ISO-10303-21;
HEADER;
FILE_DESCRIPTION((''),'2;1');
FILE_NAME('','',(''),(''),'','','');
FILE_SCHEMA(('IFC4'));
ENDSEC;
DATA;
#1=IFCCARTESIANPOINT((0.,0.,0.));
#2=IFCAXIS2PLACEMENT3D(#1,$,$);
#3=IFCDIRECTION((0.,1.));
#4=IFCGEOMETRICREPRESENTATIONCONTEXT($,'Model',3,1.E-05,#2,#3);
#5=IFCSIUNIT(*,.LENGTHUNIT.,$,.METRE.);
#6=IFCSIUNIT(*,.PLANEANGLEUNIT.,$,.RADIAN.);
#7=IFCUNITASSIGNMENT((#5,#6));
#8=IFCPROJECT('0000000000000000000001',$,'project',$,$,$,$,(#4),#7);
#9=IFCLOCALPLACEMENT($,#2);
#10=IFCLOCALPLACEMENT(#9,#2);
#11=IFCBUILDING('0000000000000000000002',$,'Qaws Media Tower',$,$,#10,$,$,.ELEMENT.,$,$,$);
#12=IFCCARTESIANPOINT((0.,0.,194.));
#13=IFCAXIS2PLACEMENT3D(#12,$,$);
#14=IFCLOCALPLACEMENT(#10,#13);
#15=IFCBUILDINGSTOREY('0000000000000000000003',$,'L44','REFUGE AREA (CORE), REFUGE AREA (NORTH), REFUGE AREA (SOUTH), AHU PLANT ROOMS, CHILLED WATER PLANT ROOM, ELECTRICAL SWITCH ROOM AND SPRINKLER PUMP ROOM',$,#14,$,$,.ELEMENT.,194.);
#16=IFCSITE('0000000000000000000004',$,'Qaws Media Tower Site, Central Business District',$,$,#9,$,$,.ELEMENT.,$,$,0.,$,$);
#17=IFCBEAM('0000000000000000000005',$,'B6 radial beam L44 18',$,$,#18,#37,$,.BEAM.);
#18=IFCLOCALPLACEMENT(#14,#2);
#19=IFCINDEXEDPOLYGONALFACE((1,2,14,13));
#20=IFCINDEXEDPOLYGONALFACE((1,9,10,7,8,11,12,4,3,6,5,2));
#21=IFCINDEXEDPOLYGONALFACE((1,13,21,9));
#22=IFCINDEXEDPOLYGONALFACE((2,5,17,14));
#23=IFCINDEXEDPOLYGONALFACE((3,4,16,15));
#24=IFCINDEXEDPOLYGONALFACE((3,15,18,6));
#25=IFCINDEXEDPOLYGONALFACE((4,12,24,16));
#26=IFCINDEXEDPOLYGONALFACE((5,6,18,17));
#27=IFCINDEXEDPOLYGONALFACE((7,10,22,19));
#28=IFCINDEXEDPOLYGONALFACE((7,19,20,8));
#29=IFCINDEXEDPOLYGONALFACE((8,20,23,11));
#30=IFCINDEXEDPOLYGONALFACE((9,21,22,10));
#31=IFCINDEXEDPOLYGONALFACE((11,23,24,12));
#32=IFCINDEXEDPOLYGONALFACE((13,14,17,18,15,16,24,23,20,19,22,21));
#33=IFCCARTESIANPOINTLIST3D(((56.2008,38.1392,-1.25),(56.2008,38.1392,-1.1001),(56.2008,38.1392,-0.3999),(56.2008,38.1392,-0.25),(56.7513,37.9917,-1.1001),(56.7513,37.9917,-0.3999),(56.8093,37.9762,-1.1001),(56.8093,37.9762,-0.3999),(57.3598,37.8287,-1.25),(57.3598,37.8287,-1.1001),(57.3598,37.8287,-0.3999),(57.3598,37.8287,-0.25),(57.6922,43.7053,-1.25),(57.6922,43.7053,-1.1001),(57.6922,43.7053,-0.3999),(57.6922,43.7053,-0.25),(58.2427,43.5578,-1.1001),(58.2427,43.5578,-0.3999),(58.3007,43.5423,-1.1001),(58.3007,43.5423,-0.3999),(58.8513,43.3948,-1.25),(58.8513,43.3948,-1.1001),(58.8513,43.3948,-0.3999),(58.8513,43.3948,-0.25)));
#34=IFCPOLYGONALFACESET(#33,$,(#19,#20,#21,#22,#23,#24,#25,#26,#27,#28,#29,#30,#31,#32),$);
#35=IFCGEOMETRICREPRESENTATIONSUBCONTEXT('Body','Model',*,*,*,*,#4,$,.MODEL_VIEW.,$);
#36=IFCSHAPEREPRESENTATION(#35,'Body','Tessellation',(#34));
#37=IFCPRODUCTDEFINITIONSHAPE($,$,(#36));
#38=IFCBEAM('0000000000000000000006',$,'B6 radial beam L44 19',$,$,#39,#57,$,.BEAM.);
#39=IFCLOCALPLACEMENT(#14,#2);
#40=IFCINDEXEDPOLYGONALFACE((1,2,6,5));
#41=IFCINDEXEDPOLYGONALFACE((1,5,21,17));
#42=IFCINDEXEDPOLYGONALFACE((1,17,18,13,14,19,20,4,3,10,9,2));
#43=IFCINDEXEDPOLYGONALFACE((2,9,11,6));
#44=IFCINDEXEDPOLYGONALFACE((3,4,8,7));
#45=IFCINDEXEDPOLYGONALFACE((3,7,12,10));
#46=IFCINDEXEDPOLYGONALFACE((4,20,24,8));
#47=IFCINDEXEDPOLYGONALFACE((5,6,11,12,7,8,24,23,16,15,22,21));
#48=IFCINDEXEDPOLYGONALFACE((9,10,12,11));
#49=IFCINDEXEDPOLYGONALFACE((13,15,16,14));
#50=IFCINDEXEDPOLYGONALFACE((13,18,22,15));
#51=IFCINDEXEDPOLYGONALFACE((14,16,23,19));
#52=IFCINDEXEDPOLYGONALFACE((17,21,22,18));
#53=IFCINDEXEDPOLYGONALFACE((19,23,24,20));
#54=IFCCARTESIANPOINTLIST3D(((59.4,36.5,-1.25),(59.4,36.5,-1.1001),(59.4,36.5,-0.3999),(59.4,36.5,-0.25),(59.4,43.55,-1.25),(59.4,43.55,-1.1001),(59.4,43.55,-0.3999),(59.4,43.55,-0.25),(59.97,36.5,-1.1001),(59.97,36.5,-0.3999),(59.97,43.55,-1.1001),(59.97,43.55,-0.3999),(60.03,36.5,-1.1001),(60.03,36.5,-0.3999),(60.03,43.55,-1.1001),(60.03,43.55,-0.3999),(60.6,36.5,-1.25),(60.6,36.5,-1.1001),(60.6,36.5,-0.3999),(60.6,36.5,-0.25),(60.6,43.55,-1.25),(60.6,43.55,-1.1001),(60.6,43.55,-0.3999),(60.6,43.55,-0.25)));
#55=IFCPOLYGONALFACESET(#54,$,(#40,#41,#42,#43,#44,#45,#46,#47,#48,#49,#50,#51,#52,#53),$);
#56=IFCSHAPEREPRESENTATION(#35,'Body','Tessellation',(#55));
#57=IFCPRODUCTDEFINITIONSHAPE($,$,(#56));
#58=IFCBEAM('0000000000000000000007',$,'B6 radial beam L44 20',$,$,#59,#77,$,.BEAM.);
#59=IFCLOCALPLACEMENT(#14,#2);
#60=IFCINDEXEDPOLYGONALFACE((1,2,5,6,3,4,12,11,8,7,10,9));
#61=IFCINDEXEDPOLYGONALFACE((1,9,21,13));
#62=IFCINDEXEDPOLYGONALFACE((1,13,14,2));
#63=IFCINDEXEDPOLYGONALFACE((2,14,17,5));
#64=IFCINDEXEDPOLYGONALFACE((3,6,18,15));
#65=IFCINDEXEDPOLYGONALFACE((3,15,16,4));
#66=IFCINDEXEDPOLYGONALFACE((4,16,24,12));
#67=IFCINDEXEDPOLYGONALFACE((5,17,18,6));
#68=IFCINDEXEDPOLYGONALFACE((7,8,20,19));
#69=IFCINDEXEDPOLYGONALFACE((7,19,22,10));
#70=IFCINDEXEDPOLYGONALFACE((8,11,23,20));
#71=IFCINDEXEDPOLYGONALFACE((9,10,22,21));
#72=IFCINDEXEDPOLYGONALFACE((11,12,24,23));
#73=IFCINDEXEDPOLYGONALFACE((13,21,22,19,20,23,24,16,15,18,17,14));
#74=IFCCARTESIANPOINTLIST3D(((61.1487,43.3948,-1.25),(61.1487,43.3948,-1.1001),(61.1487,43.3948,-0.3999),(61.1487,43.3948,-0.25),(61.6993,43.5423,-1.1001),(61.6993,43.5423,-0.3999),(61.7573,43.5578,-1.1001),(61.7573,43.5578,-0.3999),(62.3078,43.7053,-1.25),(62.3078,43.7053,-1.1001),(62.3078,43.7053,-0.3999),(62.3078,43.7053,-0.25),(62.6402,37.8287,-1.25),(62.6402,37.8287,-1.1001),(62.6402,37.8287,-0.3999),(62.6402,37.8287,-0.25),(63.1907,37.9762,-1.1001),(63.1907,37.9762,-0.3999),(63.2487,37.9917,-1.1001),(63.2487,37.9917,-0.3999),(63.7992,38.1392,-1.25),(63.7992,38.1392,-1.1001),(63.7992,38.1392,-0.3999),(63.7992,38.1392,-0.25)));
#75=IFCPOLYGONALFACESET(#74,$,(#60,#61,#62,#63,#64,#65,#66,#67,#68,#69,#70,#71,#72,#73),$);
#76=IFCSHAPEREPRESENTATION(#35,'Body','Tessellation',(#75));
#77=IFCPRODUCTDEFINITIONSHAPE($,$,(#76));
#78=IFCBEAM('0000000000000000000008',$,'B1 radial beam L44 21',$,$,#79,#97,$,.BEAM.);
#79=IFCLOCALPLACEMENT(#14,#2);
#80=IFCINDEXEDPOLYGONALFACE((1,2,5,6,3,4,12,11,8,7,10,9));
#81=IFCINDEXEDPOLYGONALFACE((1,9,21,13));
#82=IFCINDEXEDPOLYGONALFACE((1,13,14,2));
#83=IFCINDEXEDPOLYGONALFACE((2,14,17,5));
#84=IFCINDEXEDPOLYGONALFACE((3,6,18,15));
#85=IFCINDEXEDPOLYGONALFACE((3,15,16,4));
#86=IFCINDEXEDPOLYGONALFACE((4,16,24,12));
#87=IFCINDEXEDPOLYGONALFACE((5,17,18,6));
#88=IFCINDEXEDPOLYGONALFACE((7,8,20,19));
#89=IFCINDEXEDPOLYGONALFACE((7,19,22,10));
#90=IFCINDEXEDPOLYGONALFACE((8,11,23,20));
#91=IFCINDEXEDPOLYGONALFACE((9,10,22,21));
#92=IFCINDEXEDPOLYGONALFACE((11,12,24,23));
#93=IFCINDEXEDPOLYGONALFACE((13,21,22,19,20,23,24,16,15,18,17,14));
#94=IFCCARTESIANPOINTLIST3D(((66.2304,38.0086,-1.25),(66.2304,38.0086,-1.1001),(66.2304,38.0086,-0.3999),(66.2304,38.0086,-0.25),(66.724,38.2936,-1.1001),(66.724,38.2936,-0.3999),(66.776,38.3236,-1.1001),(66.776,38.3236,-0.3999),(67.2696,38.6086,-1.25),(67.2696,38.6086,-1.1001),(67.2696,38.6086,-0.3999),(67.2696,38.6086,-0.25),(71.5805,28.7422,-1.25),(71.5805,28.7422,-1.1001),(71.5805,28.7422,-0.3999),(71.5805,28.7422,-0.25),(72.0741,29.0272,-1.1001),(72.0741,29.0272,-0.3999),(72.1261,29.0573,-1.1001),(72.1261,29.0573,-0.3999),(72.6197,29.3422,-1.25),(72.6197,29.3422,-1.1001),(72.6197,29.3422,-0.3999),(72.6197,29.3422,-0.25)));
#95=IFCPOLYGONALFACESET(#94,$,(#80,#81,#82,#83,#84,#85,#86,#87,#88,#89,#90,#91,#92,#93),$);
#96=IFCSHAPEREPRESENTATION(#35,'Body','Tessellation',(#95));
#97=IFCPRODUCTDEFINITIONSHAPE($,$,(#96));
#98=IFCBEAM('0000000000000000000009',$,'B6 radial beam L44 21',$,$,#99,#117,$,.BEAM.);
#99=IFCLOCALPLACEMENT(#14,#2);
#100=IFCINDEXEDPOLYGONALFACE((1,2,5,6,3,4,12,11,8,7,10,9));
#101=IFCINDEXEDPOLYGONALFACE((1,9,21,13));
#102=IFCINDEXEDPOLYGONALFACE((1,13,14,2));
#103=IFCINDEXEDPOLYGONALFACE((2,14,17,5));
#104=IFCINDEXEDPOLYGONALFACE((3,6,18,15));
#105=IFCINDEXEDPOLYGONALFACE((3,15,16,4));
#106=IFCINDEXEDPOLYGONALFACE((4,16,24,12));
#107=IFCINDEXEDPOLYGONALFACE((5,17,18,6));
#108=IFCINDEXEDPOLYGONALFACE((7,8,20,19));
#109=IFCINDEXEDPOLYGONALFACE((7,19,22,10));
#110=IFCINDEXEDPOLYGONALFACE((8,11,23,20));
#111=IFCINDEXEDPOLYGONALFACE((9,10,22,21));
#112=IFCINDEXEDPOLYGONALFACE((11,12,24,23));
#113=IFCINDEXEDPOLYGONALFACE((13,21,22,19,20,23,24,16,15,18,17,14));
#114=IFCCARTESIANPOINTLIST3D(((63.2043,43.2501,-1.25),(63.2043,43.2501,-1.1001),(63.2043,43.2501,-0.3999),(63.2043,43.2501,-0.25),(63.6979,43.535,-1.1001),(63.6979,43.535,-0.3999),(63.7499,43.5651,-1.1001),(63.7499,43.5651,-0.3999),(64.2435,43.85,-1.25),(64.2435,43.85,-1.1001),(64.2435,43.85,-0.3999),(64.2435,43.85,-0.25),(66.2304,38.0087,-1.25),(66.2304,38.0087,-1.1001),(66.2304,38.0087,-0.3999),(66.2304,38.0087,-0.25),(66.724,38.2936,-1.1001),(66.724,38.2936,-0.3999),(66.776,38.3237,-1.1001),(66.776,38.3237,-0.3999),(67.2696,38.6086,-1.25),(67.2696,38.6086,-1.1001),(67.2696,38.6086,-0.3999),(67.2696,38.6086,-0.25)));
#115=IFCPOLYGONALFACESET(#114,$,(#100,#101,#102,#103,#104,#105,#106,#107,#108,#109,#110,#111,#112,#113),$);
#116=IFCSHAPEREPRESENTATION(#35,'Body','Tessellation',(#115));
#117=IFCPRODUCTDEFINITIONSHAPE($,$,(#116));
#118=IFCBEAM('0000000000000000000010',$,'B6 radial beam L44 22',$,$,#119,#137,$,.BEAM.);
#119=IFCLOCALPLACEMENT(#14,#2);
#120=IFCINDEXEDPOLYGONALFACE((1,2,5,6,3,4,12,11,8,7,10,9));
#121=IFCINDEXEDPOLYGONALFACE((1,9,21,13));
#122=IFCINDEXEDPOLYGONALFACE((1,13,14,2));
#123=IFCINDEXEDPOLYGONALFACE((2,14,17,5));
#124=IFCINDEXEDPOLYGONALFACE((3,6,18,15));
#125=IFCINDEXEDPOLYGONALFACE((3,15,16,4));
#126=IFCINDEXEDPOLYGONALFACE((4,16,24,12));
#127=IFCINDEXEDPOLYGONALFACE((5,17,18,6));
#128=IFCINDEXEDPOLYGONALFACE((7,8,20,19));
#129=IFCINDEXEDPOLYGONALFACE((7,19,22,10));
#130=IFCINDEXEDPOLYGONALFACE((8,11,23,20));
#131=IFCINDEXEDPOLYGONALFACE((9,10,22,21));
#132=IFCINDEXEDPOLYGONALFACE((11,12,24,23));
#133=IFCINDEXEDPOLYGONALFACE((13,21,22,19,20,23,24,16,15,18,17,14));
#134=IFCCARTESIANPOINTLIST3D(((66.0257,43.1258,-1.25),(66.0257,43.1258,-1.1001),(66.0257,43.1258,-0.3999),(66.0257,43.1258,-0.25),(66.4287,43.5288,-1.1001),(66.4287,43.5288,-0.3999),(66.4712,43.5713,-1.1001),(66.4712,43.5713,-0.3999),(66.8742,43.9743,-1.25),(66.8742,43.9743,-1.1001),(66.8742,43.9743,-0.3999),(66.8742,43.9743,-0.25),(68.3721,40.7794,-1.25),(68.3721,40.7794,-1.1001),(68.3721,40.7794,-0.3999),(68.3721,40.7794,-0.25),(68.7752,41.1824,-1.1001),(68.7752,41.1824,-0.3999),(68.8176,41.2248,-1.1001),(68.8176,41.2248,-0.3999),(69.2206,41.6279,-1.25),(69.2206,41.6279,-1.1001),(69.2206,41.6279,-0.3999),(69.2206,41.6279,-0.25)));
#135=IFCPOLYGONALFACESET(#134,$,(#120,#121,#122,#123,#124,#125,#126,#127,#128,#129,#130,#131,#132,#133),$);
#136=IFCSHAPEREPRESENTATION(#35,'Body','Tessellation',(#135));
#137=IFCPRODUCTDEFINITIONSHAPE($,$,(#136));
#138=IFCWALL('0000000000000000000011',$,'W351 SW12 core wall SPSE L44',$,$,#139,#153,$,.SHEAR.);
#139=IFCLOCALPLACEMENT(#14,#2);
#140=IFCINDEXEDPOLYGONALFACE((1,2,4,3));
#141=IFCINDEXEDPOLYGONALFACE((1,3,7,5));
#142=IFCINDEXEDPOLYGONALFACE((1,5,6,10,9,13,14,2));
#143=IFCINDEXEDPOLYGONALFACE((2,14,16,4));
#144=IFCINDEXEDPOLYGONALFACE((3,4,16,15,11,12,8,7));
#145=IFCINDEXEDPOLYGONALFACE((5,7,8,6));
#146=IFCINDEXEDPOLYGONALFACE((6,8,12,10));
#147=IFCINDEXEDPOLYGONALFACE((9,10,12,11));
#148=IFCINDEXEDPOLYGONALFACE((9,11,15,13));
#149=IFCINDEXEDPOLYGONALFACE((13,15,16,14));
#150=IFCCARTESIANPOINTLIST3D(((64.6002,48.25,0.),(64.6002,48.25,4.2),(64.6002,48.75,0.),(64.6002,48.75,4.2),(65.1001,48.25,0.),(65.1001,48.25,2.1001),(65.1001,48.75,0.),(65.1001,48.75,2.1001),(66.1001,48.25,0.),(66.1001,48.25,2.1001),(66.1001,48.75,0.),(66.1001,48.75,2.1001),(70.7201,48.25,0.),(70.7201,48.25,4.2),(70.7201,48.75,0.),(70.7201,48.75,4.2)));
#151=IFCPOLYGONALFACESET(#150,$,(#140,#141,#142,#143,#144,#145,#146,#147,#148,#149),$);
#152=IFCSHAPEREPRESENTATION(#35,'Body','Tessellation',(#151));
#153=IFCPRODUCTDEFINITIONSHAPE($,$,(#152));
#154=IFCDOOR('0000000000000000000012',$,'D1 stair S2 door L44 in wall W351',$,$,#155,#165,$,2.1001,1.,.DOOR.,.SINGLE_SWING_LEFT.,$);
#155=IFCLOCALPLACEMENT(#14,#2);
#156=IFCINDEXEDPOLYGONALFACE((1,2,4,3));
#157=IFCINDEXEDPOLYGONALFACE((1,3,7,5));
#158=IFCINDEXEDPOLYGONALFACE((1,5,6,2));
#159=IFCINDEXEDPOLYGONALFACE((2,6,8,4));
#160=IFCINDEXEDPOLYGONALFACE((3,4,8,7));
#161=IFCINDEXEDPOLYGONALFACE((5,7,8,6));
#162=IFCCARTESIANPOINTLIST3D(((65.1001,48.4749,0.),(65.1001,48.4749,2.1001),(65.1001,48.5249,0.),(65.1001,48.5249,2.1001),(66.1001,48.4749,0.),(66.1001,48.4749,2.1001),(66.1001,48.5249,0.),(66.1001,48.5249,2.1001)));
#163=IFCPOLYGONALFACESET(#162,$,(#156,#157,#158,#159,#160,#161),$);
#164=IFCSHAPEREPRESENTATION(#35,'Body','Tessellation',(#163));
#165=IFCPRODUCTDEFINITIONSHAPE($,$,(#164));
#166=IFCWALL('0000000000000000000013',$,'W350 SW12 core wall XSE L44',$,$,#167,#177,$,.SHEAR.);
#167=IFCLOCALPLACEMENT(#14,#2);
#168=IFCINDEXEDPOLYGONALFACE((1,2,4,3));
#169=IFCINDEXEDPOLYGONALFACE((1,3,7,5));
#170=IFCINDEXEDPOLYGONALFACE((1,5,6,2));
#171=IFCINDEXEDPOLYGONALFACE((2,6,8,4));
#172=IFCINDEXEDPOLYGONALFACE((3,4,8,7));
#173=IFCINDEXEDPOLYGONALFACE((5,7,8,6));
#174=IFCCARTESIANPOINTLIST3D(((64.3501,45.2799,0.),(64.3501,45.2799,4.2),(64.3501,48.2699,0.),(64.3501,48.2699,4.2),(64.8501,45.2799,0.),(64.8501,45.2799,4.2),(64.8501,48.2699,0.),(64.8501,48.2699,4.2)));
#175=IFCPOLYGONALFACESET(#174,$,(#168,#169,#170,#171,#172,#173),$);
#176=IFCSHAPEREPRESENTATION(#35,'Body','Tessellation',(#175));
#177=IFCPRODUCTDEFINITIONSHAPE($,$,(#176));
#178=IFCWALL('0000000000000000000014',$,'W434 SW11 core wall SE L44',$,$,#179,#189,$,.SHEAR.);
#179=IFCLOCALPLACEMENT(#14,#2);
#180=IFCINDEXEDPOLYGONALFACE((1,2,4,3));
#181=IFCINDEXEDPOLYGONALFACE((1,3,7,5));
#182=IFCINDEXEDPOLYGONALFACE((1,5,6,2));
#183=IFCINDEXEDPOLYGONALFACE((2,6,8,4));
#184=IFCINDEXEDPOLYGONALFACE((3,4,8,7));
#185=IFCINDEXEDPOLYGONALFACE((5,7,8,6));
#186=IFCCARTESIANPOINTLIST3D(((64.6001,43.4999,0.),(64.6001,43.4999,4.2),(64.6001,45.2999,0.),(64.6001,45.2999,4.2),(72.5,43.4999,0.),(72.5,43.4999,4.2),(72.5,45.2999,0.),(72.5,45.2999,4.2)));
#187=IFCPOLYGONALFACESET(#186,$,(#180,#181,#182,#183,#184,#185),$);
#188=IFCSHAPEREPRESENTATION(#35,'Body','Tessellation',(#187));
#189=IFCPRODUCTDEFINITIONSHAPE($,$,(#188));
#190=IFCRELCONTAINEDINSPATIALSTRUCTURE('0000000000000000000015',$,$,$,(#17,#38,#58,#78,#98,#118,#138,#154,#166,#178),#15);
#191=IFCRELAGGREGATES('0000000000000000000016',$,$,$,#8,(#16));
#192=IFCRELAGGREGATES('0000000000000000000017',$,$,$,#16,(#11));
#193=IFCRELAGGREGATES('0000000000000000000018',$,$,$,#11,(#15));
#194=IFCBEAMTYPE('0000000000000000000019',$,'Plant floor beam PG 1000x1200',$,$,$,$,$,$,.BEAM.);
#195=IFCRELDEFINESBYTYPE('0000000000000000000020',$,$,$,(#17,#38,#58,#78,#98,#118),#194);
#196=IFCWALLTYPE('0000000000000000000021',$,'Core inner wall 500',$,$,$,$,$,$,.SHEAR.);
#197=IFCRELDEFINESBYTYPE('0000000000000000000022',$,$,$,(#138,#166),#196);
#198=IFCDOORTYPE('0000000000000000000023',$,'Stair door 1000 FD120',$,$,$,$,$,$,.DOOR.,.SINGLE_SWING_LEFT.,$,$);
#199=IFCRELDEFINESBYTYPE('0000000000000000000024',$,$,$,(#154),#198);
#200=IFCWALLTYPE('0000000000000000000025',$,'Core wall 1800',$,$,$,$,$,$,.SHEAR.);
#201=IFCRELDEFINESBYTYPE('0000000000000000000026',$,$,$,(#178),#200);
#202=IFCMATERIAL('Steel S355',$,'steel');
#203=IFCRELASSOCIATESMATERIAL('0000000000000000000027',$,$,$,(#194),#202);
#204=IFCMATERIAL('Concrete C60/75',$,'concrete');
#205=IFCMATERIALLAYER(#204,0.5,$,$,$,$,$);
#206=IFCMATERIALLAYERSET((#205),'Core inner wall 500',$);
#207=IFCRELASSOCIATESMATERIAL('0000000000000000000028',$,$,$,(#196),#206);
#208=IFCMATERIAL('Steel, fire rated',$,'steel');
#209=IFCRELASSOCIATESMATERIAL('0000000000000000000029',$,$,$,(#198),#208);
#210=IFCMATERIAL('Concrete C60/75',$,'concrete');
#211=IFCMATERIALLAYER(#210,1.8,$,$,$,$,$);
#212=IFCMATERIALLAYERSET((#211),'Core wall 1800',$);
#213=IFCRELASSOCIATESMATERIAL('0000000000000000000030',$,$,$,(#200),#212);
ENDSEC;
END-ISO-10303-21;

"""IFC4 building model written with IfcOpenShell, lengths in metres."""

from ifc_helpers import new_model, si_unit, direction, frame, frame_2d, origin, origin_2d, place, context, subcontext, project, spatial, rectangle, i_section, extrude, material, layer, layer_set, material_profile, profile_set, type_object, element, fill, save


model = new_model("IFC4")

# Units and contexts
model_context = context("Model", 3, precision=1e-05, world=origin(), true_north=direction((0.0, 1.0)))
body_context = subcontext(model_context, "Body", "Model", "MODEL_VIEW")
ifc_project = project(units=[si_unit("LENGTHUNIT", "METRE"), si_unit("PLANEANGLEUNIT", "RADIAN")], contexts=[model_context])

# Site, building, storey
site_placement = place(None, origin())
site = spatial("IfcSite", under=ifc_project, at=site_placement, Name="Qaws Media Tower Site, Central Business District", CompositionType="ELEMENT", RefElevation=0.0)
building_placement = place(site_placement, origin())
building = spatial("IfcBuilding", under=site, at=building_placement, Name="Qaws Media Tower", CompositionType="ELEMENT")
storey_placement = place(building_placement, frame((0.0, 0.0, 194.0)))
storey = spatial("IfcBuildingStorey", under=building, at=storey_placement, Name="L44", Description="REFUGE AREA (CORE), REFUGE AREA (NORTH), REFUGE AREA (SOUTH), AHU PLANT ROOMS, CHILLED WATER PLANT ROOM, ELECTRICAL SWITCH ROOM AND SPRINKLER PUMP ROOM", CompositionType="ELEMENT", Elevation=194.0)

# Beams
ifc_material_1 = material(Name="Steel S355", Category="steel")
ifc_material_profile_1 = material_profile(ifc_material_1, i_section(OverallWidth=1.2, OverallDepth=1.0, WebThickness=0.0601, FlangeThickness=0.1499, at=origin_2d()), Name="PG 1000x1200")
ifc_profile_set_1 = profile_set([ifc_material_profile_1], Name="Steel S355")
beam_type_1 = type_object("IfcBeamType", Name="Plant floor beam PG 1000x1200", PredefinedType="BEAM", material=ifc_profile_set_1)
beam_1_placement = place(storey_placement, frame((58.2717, 43.55, -0.75), z_axis=(-0.25882, -0.965926, 0.0), x_axis=(0.965926, -0.25882, 0.0)))
element("IfcBeam", 1, at=beam_1_placement, inside=storey, type_object=beam_type_1, Name="B6 radial beam L44 18", PredefinedType="BEAM", context=body_context, shape_type="SweptSolid", body=[
    extrude(i_section(OverallWidth=1.2, OverallDepth=1.0, WebThickness=0.0601, FlangeThickness=0.1499, at=origin_2d()), origin(), (0.0, 0.0, 1.0), 5.7625),
])
beam_2_placement = place(storey_placement, frame((60.0, 43.55, -0.75), z_axis=(0.0, -1.0, 0.0), x_axis=(1.0, 0.0, 0.0)))
element("IfcBeam", 2, at=beam_2_placement, inside=storey, type_object=beam_type_1, Name="B6 radial beam L44 19", PredefinedType="BEAM", context=body_context, shape_type="SweptSolid", body=[
    extrude(i_section(OverallWidth=1.2, OverallDepth=1.0, WebThickness=0.0601, FlangeThickness=0.1499, at=origin_2d()), origin(), (0.0, 0.0, 1.0), 7.05),
])
beam_3_placement = place(storey_placement, frame((61.7283, 43.55, -0.75), z_axis=(0.25882, -0.965926, 0.0), x_axis=(0.965926, 0.25882, 0.0)))
element("IfcBeam", 3, at=beam_3_placement, inside=storey, type_object=beam_type_1, Name="B6 radial beam L44 20", PredefinedType="BEAM", context=body_context, shape_type="SweptSolid", body=[
    extrude(i_section(OverallWidth=1.2, OverallDepth=1.0, WebThickness=0.0601, FlangeThickness=0.1499, at=origin_2d()), origin(), (0.0, 0.0, 1.0), 5.7625),
])
beam_4_placement = place(storey_placement, frame((66.75, 38.3086, -0.75), z_axis=(0.500011, -0.866019, 0.0), x_axis=(0.866019, 0.500011, 0.0)))
element("IfcBeam", 4, at=beam_4_placement, inside=storey, type_object=beam_type_1, Name="B1 radial beam L44 21", PredefinedType="BEAM", context=body_context, shape_type="SweptSolid", body=[
    extrude(i_section(OverallWidth=1.2, OverallDepth=1.0, WebThickness=0.0601, FlangeThickness=0.1499, at=origin_2d()), origin(), (0.0, 0.0, 1.0), 10.7),
])
beam_5_placement = place(storey_placement, frame((63.7239, 43.55, -0.75), z_axis=(0.499996, -0.866028, 0.0), x_axis=(0.866028, 0.499996, 0.0)))
element("IfcBeam", 5, at=beam_5_placement, inside=storey, type_object=beam_type_1, Name="B6 radial beam L44 21", PredefinedType="BEAM", context=body_context, shape_type="SweptSolid", body=[
    extrude(i_section(OverallWidth=1.2, OverallDepth=1.0, WebThickness=0.0601, FlangeThickness=0.1499, at=origin_2d()), origin(), (0.0, 0.0, 1.0), 6.0522),
])
beam_6_placement = place(storey_placement, frame((66.45, 43.55, -0.75), z_axis=(0.707107, -0.707107, 0.0), x_axis=(0.707107, 0.707107, 0.0)))
element("IfcBeam", 6, at=beam_6_placement, inside=storey, type_object=beam_type_1, Name="B6 radial beam L44 22", PredefinedType="BEAM", context=body_context, shape_type="SweptSolid", body=[
    extrude(i_section(OverallWidth=1.2, OverallDepth=1.0, WebThickness=0.0601, FlangeThickness=0.1499, at=origin_2d()), origin(), (0.0, 0.0, 1.0), 3.3184),
])

# Wall, opening, door
ifc_material_2 = material(Name="Concrete C60/75", Category="concrete")
ifc_layer_1 = layer(ifc_material_2, 0.5)
ifc_layer_set_1 = layer_set([ifc_layer_1], Name="Core inner wall 500")
wall_type_1 = type_object("IfcWallType", Name="Core inner wall 500", PredefinedType="SHEAR", material=ifc_layer_set_1)
wall_1_placement = place(storey_placement, frame((64.6001, 48.5, 0.0), z_axis=(0.0, 0.0, 1.0), x_axis=(1.0, 0.0, 0.0)))
wall_1 = element("IfcWall", 7, at=wall_1_placement, inside=storey, type_object=wall_type_1, Name="W351 SW12 core wall SPSE L44", PredefinedType="SHEAR", context=body_context, shape_type="SweptSolid", body=[
    extrude(rectangle(XDim=6.1199, YDim=0.5, at=frame_2d((3.0601, 0.0))), origin(), (0.0, 0.0, 1.0), 4.2),
])
opening_placement = place(wall_1_placement, frame((0.5, 0.0, 0.0)))
opening = element("IfcOpeningElement", 8, at=opening_placement, cuts=wall_1, PredefinedType="OPENING", context=body_context, shape_type="SweptSolid", body=[
    extrude(rectangle(XDim=1.0, YDim=2.1001, at=frame_2d((0.5, 1.05))), frame((0.0, 0.26, 0.0), z_axis=(0.0, -1.0, 0.0), x_axis=(1.0, 0.0, 0.0)), (0.0, 0.0, 1.0), 0.52),
])
ifc_material_3 = material(Name="Steel, fire rated", Category="steel")
door_type = type_object("IfcDoorType", Name="Stair door 1000 FD120", OperationType="SINGLE_SWING_LEFT", PredefinedType="DOOR", material=ifc_material_3)
door_placement = place(opening_placement, origin())
door = element("IfcDoor", 9, at=door_placement, inside=storey, type_object=door_type, Name="D1 stair S2 door L44 in wall W351", OperationType="SINGLE_SWING_LEFT", OverallHeight=2.1001, OverallWidth=1.0, PredefinedType="DOOR", context=body_context, shape_type="SweptSolid", body=[
    extrude(rectangle(XDim=1.0, YDim=2.1001, at=frame_2d((0.5, 1.05))), frame((0.0, 0.0249, 0.0), z_axis=(0.0, -1.0, 0.0), x_axis=(1.0, 0.0, 0.0)), (0.0, 0.0, 1.0), 0.05),
])
fill(opening, door)

# Walls
wall_2_placement = place(storey_placement, frame((64.6001, 48.27, 0.0), z_axis=(0.0, 0.0, 1.0), x_axis=(0.0, -1.0, 0.0)))
element("IfcWall", 10, at=wall_2_placement, inside=storey, type_object=wall_type_1, Name="W350 SW12 core wall XSE L44", PredefinedType="SHEAR", context=body_context, shape_type="SweptSolid", body=[
    extrude(rectangle(XDim=2.99, YDim=0.5, at=frame_2d((1.4951, 0.0))), origin(), (0.0, 0.0, 1.0), 4.2),
])
ifc_material_4 = material(Name="Concrete C60/75", Category="concrete")
ifc_layer_2 = layer(ifc_material_4, 1.8)
ifc_layer_set_2 = layer_set([ifc_layer_2], Name="Core wall 1800")
wall_type_2 = type_object("IfcWallType", Name="Core wall 1800", PredefinedType="SHEAR", material=ifc_layer_set_2)
wall_3_placement = place(storey_placement, frame((64.6001, 44.3999, 0.0), z_axis=(0.0, 0.0, 1.0), x_axis=(1.0, 0.0, 0.0)))
element("IfcWall", 11, at=wall_3_placement, inside=storey, type_object=wall_type_2, Name="W434 SW11 core wall SE L44", PredefinedType="SHEAR", context=body_context, shape_type="SweptSolid", body=[
    extrude(rectangle(XDim=7.8999, YDim=1.8, at=frame_2d((3.95, 0.0))), origin(), (0.0, 0.0, 1.0), 4.2),
])

save(model, "model.ifc")
